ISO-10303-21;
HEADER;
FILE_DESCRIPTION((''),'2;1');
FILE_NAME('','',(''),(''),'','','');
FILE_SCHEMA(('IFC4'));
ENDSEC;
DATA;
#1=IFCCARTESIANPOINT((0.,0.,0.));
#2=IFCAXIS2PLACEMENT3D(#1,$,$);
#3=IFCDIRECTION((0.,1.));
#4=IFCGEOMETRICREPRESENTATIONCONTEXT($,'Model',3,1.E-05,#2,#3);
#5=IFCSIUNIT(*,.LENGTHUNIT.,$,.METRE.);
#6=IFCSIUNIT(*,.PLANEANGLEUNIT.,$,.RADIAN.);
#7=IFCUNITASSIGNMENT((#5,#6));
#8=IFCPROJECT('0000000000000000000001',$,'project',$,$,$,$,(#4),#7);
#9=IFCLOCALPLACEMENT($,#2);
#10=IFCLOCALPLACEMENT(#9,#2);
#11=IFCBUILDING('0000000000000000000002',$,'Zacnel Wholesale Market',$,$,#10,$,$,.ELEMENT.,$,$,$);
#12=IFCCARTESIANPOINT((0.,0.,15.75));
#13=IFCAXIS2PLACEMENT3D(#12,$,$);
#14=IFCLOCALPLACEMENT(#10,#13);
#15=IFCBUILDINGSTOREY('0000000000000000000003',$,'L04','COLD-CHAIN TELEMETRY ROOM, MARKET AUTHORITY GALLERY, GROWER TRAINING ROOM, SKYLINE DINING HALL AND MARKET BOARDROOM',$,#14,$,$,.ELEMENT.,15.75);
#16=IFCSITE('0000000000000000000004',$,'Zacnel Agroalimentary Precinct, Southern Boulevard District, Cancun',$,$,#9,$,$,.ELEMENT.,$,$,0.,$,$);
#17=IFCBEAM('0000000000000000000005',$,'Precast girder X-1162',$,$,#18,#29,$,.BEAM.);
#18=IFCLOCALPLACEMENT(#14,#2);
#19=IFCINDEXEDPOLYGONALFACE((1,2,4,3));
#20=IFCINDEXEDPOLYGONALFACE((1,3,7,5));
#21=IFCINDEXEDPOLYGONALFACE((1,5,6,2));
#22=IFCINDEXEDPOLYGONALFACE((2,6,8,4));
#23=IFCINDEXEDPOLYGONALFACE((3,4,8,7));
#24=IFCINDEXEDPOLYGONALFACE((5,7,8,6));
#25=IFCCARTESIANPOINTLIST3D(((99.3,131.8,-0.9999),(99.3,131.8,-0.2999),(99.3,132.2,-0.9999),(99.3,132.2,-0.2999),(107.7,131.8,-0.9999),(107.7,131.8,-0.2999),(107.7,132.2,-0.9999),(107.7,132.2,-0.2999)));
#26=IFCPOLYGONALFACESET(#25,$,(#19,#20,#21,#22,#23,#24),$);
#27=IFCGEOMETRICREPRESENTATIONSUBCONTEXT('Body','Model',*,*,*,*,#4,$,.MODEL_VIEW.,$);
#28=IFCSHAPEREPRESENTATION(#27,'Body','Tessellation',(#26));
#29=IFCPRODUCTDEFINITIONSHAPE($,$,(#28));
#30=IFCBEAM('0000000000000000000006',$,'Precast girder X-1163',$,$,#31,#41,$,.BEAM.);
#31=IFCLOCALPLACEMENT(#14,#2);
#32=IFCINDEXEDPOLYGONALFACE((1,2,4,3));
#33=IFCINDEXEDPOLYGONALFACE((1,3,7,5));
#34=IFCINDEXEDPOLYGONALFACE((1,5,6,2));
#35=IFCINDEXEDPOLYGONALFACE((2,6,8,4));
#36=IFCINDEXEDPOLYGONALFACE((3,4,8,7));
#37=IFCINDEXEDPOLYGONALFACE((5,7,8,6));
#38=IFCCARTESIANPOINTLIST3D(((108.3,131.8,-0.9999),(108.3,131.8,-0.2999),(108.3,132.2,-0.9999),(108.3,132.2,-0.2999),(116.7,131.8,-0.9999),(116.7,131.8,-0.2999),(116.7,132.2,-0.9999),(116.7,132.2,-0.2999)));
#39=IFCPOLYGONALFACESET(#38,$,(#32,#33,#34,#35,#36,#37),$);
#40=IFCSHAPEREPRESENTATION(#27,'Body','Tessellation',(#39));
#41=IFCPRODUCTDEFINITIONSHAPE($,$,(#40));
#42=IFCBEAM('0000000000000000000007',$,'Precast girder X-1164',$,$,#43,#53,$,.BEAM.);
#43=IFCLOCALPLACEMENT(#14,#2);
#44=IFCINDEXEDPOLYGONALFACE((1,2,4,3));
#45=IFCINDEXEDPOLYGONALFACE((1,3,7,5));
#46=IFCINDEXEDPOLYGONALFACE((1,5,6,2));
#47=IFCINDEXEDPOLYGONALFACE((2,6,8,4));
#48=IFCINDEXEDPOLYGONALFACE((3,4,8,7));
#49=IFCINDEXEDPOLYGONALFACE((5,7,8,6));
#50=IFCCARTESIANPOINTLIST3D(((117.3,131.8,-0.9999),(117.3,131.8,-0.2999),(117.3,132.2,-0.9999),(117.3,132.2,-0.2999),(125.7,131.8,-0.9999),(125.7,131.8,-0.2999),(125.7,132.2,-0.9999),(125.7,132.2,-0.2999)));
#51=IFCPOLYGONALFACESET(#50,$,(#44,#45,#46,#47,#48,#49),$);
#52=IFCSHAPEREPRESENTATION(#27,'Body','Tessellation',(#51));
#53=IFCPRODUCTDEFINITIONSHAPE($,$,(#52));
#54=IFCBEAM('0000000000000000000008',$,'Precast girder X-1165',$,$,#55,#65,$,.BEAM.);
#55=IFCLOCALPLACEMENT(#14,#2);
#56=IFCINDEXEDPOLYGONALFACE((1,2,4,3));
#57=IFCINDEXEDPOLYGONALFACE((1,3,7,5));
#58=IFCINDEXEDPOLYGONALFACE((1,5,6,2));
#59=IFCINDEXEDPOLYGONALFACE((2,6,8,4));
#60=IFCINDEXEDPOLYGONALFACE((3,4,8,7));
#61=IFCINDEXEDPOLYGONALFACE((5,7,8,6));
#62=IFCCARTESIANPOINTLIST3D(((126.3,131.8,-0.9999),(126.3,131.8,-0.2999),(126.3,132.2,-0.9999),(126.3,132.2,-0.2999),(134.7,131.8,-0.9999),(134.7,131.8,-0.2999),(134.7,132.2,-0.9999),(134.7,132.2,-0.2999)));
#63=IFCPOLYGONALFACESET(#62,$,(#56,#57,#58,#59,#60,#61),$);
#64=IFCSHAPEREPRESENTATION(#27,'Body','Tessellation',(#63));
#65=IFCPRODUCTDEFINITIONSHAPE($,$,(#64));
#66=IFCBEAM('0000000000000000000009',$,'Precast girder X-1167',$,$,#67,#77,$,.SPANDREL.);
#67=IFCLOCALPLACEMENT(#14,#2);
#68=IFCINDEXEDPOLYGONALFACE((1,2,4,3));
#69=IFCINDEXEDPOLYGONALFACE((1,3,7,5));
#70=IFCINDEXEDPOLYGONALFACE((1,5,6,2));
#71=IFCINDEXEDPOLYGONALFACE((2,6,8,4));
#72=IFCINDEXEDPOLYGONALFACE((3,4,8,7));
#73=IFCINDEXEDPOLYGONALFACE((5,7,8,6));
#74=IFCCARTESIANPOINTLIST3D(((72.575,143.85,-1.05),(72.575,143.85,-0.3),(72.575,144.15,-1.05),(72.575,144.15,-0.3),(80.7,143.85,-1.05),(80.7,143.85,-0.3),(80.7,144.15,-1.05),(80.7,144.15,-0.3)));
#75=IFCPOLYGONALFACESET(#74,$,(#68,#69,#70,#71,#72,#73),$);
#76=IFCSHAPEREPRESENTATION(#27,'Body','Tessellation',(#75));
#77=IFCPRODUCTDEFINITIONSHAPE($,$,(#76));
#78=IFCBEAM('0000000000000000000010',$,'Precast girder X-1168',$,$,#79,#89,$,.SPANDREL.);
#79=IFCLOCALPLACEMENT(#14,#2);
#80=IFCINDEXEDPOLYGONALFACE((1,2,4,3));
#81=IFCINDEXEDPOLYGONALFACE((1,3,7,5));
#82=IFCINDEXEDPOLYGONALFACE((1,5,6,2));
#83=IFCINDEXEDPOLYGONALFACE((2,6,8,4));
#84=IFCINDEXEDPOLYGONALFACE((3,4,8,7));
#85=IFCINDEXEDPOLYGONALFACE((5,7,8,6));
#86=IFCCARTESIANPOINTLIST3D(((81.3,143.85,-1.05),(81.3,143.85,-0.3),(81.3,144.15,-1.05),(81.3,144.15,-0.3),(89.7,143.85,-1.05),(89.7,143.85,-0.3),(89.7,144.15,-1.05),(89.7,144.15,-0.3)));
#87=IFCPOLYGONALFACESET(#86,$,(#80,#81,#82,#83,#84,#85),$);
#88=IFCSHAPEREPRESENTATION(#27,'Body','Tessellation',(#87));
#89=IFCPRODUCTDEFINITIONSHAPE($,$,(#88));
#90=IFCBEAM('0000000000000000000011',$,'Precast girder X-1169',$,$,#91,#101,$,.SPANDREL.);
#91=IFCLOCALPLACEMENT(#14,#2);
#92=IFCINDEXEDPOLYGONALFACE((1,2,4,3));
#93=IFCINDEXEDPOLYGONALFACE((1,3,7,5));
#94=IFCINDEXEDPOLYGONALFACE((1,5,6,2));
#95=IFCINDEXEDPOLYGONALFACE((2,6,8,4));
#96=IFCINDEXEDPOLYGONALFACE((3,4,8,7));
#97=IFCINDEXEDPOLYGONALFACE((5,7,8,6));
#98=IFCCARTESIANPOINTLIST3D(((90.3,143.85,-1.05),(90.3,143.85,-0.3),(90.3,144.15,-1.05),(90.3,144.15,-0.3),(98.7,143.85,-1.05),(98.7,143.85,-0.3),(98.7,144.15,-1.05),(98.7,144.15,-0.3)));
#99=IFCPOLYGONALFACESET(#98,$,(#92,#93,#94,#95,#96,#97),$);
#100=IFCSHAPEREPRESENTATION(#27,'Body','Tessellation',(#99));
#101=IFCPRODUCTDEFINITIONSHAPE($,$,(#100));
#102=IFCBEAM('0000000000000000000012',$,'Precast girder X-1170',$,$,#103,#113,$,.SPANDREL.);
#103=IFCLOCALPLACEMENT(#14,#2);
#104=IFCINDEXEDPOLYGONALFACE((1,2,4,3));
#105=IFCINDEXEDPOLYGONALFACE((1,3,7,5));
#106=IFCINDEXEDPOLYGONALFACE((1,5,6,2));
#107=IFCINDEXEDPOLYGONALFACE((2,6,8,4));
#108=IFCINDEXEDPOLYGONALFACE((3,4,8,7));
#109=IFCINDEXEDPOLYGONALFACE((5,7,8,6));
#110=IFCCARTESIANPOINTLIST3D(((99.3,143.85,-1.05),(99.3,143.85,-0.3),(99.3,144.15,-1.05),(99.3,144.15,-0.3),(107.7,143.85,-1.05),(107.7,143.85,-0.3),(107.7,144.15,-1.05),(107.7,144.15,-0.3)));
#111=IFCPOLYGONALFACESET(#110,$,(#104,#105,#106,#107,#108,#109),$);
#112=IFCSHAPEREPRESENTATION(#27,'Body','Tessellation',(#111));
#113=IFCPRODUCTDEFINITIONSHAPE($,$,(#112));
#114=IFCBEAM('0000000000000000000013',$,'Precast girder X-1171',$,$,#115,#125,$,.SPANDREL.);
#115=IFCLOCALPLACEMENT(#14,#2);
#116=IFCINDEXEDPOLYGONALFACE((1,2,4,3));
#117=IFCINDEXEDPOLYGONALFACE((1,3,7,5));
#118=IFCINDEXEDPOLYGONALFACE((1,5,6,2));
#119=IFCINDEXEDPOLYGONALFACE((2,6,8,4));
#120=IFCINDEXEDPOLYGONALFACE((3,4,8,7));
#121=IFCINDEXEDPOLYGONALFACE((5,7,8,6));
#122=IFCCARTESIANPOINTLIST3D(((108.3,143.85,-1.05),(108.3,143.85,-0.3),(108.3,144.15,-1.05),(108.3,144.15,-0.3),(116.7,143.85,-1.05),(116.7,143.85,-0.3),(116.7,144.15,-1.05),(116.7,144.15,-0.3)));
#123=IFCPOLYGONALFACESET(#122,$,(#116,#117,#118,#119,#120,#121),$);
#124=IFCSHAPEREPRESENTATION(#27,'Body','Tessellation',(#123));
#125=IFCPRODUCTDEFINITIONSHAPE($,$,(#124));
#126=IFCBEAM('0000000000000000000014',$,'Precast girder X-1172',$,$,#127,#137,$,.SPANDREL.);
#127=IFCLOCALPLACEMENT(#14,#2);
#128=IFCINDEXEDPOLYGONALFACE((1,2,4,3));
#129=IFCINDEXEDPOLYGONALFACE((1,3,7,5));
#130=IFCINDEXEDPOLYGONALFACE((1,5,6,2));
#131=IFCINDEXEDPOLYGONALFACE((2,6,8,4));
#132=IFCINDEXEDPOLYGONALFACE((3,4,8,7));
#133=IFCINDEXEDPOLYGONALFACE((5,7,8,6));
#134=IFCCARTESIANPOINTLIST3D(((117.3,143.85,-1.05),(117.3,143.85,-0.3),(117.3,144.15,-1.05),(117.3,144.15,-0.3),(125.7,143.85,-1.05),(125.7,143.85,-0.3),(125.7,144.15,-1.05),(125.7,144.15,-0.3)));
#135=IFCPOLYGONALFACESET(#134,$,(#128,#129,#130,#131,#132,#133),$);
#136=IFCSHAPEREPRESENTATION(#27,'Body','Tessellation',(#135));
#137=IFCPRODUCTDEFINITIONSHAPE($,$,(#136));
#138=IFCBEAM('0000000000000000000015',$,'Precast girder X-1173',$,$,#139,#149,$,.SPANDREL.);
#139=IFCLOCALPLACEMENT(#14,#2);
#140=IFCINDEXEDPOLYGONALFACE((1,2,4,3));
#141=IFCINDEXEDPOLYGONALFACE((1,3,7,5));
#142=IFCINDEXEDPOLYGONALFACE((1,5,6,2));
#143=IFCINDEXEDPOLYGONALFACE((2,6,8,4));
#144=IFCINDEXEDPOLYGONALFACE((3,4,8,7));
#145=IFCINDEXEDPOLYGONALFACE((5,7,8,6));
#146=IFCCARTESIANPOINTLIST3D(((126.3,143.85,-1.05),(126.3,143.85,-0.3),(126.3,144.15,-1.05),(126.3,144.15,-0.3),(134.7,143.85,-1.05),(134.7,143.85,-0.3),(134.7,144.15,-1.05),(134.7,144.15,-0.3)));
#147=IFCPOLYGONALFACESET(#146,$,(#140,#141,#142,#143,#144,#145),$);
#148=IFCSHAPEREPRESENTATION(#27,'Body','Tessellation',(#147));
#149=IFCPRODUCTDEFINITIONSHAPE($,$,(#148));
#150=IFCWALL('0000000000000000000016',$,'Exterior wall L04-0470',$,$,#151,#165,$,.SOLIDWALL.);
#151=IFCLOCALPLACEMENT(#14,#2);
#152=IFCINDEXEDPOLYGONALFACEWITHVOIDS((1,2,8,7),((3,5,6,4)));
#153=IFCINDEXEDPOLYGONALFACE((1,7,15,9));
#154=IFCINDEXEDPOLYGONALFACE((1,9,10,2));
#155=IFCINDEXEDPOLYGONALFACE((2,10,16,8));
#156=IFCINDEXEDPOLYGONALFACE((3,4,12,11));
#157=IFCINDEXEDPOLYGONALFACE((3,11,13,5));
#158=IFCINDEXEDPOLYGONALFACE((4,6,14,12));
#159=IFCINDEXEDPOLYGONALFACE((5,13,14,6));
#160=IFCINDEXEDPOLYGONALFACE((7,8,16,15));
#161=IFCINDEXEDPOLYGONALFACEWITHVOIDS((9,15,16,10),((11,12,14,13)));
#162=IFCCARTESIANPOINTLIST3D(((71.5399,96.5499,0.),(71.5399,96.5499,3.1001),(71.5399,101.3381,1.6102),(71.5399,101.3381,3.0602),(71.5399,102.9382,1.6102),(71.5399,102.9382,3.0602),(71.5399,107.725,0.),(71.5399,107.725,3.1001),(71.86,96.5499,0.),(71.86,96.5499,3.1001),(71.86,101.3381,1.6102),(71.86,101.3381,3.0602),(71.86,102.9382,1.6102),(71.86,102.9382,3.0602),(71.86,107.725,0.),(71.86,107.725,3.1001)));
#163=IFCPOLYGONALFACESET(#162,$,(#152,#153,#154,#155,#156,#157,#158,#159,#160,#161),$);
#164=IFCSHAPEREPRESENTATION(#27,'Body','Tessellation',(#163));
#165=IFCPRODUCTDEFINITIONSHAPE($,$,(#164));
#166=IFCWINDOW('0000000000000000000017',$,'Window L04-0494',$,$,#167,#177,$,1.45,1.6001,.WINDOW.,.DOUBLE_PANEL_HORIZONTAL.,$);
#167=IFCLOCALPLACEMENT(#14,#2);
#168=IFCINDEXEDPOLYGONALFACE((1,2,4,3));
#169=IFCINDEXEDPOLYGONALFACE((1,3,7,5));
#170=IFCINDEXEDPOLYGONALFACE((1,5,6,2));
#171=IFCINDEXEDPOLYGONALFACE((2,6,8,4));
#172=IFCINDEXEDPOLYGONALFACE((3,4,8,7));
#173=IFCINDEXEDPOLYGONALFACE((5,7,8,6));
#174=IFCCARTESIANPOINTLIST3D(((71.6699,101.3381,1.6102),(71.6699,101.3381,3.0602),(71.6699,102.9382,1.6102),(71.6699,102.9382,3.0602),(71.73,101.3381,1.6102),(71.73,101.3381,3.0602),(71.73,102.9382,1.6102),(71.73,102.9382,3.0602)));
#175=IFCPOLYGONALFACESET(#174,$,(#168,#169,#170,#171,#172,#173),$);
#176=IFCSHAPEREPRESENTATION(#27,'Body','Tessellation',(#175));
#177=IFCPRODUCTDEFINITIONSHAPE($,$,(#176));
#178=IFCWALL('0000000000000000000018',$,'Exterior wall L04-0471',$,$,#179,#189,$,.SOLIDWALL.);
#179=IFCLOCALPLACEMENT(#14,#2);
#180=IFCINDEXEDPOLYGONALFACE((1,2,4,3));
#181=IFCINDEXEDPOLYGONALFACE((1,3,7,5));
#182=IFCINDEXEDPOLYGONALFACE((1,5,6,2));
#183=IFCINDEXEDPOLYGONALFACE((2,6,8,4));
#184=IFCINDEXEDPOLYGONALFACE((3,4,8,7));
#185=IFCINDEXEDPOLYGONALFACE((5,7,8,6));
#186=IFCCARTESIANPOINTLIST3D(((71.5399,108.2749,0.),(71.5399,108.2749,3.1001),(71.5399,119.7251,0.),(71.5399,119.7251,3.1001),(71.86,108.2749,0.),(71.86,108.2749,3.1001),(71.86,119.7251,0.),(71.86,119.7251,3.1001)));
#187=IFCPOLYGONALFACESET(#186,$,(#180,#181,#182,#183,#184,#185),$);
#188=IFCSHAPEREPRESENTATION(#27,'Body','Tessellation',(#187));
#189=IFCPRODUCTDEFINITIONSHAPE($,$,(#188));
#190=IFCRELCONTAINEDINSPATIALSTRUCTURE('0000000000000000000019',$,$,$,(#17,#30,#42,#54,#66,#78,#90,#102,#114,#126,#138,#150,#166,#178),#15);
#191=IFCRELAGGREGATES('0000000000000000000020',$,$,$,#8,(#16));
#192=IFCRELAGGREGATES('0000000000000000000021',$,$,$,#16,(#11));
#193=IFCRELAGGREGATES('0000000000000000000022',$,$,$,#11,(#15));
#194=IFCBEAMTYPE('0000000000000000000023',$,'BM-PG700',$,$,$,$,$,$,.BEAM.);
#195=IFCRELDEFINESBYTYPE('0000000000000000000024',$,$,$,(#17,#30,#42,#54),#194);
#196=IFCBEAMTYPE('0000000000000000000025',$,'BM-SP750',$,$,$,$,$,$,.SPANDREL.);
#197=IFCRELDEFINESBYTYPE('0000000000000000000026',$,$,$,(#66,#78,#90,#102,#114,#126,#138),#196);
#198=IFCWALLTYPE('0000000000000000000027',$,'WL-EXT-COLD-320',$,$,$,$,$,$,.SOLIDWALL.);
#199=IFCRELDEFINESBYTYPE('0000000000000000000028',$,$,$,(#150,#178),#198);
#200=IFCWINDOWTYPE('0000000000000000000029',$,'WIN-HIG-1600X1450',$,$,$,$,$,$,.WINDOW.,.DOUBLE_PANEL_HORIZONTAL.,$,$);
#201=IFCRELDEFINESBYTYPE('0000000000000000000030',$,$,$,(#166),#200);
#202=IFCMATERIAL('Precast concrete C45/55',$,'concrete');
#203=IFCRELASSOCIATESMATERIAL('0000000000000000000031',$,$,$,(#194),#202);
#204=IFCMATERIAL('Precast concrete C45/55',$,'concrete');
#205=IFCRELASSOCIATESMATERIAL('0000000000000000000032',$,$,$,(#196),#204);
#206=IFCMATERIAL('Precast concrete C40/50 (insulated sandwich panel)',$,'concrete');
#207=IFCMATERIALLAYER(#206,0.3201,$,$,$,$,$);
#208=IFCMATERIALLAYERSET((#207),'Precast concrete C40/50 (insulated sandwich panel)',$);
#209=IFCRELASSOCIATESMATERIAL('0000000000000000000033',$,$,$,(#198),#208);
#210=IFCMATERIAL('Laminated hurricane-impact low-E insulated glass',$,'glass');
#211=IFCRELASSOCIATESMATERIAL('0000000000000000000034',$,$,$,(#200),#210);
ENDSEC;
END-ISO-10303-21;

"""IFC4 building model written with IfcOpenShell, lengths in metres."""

from ifc_helpers import new_model, si_unit, direction, frame, frame_2d, origin, origin_2d, place, context, subcontext, project, spatial, rectangle, extrude, material, layer, layer_set, material_profile, profile_set, type_object, element, fill, save


model = new_model("IFC4")

# Units and contexts
model_context = context("Model", 3, precision=1e-05, world=origin(), true_north=direction((0.0, 1.0)))
body_context = subcontext(model_context, "Body", "Model", "MODEL_VIEW")
ifc_project = project(units=[si_unit("LENGTHUNIT", "METRE"), si_unit("PLANEANGLEUNIT", "RADIAN")], contexts=[model_context])

# Site, building, storey
site_placement = place(None, origin())
site = spatial("IfcSite", under=ifc_project, at=site_placement, Name="Zacnel Agroalimentary Precinct, Southern Boulevard District, Cancun", CompositionType="ELEMENT", RefElevation=0.0)
building_placement = place(site_placement, origin())
building = spatial("IfcBuilding", under=site, at=building_placement, Name="Zacnel Wholesale Market", CompositionType="ELEMENT")
storey_placement = place(building_placement, frame((0.0, 0.0, 15.75)))
storey = spatial("IfcBuildingStorey", under=building, at=storey_placement, Name="L04", Description="COLD-CHAIN TELEMETRY ROOM, MARKET AUTHORITY GALLERY, GROWER TRAINING ROOM, SKYLINE DINING HALL AND MARKET BOARDROOM", CompositionType="ELEMENT", Elevation=15.75)

# Beams
ifc_material_1 = material(Name="Precast concrete C45/55", Category="concrete")
ifc_material_profile_1 = material_profile(ifc_material_1, rectangle(XDim=0.3999, YDim=0.7, at=origin_2d()), Name="PG 400x700")
ifc_profile_set_1 = profile_set([ifc_material_profile_1], Name="Precast concrete C45/55")
beam_type_1 = type_object("IfcBeamType", Name="BM-PG700", PredefinedType="BEAM", material=ifc_profile_set_1)
for number, where, z_axis, x_axis, name in (
    (1, (99.3, 132.0, -0.6499), (1.0, 0.0, 0.0), (0.0, 1.0, 0.0), "Precast girder X-1162"),
    (2, (108.3, 132.0, -0.6499), (1.0, 0.0, 0.0), (0.0, 1.0, 0.0), "Precast girder X-1163"),
    (3, (117.3, 132.0, -0.6499), (1.0, 0.0, 0.0), (0.0, 1.0, 0.0), "Precast girder X-1164"),
    (4, (126.3, 132.0, -0.6499), (1.0, 0.0, 0.0), (0.0, 1.0, 0.0), "Precast girder X-1165"),
):
    element("IfcBeam", number, at=place(storey_placement, frame(where, z_axis=z_axis, x_axis=x_axis)), inside=storey, type_object=beam_type_1, Name=name, PredefinedType="BEAM", context=body_context, shape_type="SweptSolid", body=[
        extrude(rectangle(XDim=0.3999, YDim=0.7, at=origin_2d()), origin(), (0.0, 0.0, 1.0), 8.3999),
    ])
ifc_material_2 = material(Name="Precast concrete C45/55", Category="concrete")
ifc_material_profile_2 = material_profile(ifc_material_2, rectangle(XDim=0.3, YDim=0.75, at=origin_2d()), Name="SP 300x750")
ifc_profile_set_2 = profile_set([ifc_material_profile_2], Name="Precast concrete C45/55")
beam_type_2 = type_object("IfcBeamType", Name="BM-SP750", PredefinedType="SPANDREL", material=ifc_profile_set_2)
beam_1_placement = place(storey_placement, frame((72.575, 144.0, -0.675), z_axis=(1.0, 0.0, 0.0), x_axis=(0.0, 1.0, 0.0)))
element("IfcBeam", 5, at=beam_1_placement, inside=storey, type_object=beam_type_2, Name="Precast girder X-1167", PredefinedType="SPANDREL", context=body_context, shape_type="SweptSolid", body=[
    extrude(rectangle(XDim=0.3, YDim=0.75, at=origin_2d()), origin(), (0.0, 0.0, 1.0), 8.125),
])
for number, where, z_axis, x_axis, name in (
    (6, (81.3, 144.0, -0.675), (1.0, 0.0, 0.0), (0.0, 1.0, 0.0), "Precast girder X-1168"),
    (7, (90.3, 144.0, -0.675), (1.0, 0.0, 0.0), (0.0, 1.0, 0.0), "Precast girder X-1169"),
    (8, (99.3, 144.0, -0.675), (1.0, 0.0, 0.0), (0.0, 1.0, 0.0), "Precast girder X-1170"),
    (9, (108.3, 144.0, -0.675), (1.0, 0.0, 0.0), (0.0, 1.0, 0.0), "Precast girder X-1171"),
    (10, (117.3, 144.0, -0.675), (1.0, 0.0, 0.0), (0.0, 1.0, 0.0), "Precast girder X-1172"),
    (11, (126.3, 144.0, -0.675), (1.0, 0.0, 0.0), (0.0, 1.0, 0.0), "Precast girder X-1173"),
):
    element("IfcBeam", number, at=place(storey_placement, frame(where, z_axis=z_axis, x_axis=x_axis)), inside=storey, type_object=beam_type_2, Name=name, PredefinedType="SPANDREL", context=body_context, shape_type="SweptSolid", body=[
        extrude(rectangle(XDim=0.3, YDim=0.75, at=origin_2d()), origin(), (0.0, 0.0, 1.0), 8.3999),
    ])

# Wall, opening, window
ifc_material_3 = material(Name="Precast concrete C40/50 (insulated sandwich panel)", Category="concrete")
ifc_layer = layer(ifc_material_3, 0.3201)
ifc_layer_set = layer_set([ifc_layer], Name="Precast concrete C40/50 (insulated sandwich panel)")
wall_type = type_object("IfcWallType", Name="WL-EXT-COLD-320", PredefinedType="SOLIDWALL", material=ifc_layer_set)
wall_1_placement = place(storey_placement, frame((71.7, 96.55, 0.0), z_axis=(0.0, 0.0, 1.0), x_axis=(0.0, 1.0, 0.0)))
wall_1 = element("IfcWall", 12, at=wall_1_placement, inside=storey, type_object=wall_type, Name="Exterior wall L04-0470", PredefinedType="SOLIDWALL", context=body_context, shape_type="SweptSolid", body=[
    extrude(rectangle(XDim=11.175, YDim=0.3201, at=frame_2d((5.5874, 0.0))), origin(), (0.0, 0.0, 1.0), 3.1001),
])
opening_1_placement = place(wall_1_placement, frame((4.7881, 0.0, 1.6101)))
opening_1 = element("IfcOpeningElement", 13, at=opening_1_placement, cuts=wall_1, PredefinedType="OPENING", context=body_context, shape_type="SweptSolid", body=[
    extrude(rectangle(XDim=1.6001, YDim=1.45, at=frame_2d((0.8, 0.7251))), frame((0.0, 0.1699, 0.0), z_axis=(0.0, -1.0, 0.0), x_axis=(1.0, 0.0, 0.0)), (0.0, 0.0, 1.0), 0.3401),
])
ifc_material_4 = material(Name="Laminated hurricane-impact low-E insulated glass", Category="glass")
window_type = type_object("IfcWindowType", Name="WIN-HIG-1600X1450", PartitioningType="DOUBLE_PANEL_HORIZONTAL", PredefinedType="WINDOW", material=ifc_material_4)
window_1_placement = place(opening_1_placement, origin())
window_1 = element("IfcWindow", 14, at=window_1_placement, inside=storey, type_object=window_type, Name="Window L04-0494", OverallHeight=1.45, OverallWidth=1.6001, PartitioningType="DOUBLE_PANEL_HORIZONTAL", PredefinedType="WINDOW", context=body_context, shape_type="SweptSolid", body=[
    extrude(rectangle(XDim=1.6001, YDim=1.45, at=frame_2d((0.8, 0.7251))), frame((0.0, 0.03, 0.0), z_axis=(0.0, -1.0, 0.0), x_axis=(1.0, 0.0, 0.0)), (0.0, 0.0, 1.0), 0.0601),
])
fill(opening_1, window_1)

# Wall
wall_2_placement = place(storey_placement, frame((71.7, 108.2749, 0.0), z_axis=(0.0, 0.0, 1.0), x_axis=(0.0, 1.0, 0.0)))
element("IfcWall", 15, at=wall_2_placement, inside=storey, type_object=wall_type, Name="Exterior wall L04-0471", PredefinedType="SOLIDWALL", context=body_context, shape_type="SweptSolid", body=[
    extrude(rectangle(XDim=11.4502, YDim=0.3201, at=frame_2d((5.7251, 0.0))), origin(), (0.0, 0.0, 1.0), 3.1001),
])

save(model, "model.ifc")
